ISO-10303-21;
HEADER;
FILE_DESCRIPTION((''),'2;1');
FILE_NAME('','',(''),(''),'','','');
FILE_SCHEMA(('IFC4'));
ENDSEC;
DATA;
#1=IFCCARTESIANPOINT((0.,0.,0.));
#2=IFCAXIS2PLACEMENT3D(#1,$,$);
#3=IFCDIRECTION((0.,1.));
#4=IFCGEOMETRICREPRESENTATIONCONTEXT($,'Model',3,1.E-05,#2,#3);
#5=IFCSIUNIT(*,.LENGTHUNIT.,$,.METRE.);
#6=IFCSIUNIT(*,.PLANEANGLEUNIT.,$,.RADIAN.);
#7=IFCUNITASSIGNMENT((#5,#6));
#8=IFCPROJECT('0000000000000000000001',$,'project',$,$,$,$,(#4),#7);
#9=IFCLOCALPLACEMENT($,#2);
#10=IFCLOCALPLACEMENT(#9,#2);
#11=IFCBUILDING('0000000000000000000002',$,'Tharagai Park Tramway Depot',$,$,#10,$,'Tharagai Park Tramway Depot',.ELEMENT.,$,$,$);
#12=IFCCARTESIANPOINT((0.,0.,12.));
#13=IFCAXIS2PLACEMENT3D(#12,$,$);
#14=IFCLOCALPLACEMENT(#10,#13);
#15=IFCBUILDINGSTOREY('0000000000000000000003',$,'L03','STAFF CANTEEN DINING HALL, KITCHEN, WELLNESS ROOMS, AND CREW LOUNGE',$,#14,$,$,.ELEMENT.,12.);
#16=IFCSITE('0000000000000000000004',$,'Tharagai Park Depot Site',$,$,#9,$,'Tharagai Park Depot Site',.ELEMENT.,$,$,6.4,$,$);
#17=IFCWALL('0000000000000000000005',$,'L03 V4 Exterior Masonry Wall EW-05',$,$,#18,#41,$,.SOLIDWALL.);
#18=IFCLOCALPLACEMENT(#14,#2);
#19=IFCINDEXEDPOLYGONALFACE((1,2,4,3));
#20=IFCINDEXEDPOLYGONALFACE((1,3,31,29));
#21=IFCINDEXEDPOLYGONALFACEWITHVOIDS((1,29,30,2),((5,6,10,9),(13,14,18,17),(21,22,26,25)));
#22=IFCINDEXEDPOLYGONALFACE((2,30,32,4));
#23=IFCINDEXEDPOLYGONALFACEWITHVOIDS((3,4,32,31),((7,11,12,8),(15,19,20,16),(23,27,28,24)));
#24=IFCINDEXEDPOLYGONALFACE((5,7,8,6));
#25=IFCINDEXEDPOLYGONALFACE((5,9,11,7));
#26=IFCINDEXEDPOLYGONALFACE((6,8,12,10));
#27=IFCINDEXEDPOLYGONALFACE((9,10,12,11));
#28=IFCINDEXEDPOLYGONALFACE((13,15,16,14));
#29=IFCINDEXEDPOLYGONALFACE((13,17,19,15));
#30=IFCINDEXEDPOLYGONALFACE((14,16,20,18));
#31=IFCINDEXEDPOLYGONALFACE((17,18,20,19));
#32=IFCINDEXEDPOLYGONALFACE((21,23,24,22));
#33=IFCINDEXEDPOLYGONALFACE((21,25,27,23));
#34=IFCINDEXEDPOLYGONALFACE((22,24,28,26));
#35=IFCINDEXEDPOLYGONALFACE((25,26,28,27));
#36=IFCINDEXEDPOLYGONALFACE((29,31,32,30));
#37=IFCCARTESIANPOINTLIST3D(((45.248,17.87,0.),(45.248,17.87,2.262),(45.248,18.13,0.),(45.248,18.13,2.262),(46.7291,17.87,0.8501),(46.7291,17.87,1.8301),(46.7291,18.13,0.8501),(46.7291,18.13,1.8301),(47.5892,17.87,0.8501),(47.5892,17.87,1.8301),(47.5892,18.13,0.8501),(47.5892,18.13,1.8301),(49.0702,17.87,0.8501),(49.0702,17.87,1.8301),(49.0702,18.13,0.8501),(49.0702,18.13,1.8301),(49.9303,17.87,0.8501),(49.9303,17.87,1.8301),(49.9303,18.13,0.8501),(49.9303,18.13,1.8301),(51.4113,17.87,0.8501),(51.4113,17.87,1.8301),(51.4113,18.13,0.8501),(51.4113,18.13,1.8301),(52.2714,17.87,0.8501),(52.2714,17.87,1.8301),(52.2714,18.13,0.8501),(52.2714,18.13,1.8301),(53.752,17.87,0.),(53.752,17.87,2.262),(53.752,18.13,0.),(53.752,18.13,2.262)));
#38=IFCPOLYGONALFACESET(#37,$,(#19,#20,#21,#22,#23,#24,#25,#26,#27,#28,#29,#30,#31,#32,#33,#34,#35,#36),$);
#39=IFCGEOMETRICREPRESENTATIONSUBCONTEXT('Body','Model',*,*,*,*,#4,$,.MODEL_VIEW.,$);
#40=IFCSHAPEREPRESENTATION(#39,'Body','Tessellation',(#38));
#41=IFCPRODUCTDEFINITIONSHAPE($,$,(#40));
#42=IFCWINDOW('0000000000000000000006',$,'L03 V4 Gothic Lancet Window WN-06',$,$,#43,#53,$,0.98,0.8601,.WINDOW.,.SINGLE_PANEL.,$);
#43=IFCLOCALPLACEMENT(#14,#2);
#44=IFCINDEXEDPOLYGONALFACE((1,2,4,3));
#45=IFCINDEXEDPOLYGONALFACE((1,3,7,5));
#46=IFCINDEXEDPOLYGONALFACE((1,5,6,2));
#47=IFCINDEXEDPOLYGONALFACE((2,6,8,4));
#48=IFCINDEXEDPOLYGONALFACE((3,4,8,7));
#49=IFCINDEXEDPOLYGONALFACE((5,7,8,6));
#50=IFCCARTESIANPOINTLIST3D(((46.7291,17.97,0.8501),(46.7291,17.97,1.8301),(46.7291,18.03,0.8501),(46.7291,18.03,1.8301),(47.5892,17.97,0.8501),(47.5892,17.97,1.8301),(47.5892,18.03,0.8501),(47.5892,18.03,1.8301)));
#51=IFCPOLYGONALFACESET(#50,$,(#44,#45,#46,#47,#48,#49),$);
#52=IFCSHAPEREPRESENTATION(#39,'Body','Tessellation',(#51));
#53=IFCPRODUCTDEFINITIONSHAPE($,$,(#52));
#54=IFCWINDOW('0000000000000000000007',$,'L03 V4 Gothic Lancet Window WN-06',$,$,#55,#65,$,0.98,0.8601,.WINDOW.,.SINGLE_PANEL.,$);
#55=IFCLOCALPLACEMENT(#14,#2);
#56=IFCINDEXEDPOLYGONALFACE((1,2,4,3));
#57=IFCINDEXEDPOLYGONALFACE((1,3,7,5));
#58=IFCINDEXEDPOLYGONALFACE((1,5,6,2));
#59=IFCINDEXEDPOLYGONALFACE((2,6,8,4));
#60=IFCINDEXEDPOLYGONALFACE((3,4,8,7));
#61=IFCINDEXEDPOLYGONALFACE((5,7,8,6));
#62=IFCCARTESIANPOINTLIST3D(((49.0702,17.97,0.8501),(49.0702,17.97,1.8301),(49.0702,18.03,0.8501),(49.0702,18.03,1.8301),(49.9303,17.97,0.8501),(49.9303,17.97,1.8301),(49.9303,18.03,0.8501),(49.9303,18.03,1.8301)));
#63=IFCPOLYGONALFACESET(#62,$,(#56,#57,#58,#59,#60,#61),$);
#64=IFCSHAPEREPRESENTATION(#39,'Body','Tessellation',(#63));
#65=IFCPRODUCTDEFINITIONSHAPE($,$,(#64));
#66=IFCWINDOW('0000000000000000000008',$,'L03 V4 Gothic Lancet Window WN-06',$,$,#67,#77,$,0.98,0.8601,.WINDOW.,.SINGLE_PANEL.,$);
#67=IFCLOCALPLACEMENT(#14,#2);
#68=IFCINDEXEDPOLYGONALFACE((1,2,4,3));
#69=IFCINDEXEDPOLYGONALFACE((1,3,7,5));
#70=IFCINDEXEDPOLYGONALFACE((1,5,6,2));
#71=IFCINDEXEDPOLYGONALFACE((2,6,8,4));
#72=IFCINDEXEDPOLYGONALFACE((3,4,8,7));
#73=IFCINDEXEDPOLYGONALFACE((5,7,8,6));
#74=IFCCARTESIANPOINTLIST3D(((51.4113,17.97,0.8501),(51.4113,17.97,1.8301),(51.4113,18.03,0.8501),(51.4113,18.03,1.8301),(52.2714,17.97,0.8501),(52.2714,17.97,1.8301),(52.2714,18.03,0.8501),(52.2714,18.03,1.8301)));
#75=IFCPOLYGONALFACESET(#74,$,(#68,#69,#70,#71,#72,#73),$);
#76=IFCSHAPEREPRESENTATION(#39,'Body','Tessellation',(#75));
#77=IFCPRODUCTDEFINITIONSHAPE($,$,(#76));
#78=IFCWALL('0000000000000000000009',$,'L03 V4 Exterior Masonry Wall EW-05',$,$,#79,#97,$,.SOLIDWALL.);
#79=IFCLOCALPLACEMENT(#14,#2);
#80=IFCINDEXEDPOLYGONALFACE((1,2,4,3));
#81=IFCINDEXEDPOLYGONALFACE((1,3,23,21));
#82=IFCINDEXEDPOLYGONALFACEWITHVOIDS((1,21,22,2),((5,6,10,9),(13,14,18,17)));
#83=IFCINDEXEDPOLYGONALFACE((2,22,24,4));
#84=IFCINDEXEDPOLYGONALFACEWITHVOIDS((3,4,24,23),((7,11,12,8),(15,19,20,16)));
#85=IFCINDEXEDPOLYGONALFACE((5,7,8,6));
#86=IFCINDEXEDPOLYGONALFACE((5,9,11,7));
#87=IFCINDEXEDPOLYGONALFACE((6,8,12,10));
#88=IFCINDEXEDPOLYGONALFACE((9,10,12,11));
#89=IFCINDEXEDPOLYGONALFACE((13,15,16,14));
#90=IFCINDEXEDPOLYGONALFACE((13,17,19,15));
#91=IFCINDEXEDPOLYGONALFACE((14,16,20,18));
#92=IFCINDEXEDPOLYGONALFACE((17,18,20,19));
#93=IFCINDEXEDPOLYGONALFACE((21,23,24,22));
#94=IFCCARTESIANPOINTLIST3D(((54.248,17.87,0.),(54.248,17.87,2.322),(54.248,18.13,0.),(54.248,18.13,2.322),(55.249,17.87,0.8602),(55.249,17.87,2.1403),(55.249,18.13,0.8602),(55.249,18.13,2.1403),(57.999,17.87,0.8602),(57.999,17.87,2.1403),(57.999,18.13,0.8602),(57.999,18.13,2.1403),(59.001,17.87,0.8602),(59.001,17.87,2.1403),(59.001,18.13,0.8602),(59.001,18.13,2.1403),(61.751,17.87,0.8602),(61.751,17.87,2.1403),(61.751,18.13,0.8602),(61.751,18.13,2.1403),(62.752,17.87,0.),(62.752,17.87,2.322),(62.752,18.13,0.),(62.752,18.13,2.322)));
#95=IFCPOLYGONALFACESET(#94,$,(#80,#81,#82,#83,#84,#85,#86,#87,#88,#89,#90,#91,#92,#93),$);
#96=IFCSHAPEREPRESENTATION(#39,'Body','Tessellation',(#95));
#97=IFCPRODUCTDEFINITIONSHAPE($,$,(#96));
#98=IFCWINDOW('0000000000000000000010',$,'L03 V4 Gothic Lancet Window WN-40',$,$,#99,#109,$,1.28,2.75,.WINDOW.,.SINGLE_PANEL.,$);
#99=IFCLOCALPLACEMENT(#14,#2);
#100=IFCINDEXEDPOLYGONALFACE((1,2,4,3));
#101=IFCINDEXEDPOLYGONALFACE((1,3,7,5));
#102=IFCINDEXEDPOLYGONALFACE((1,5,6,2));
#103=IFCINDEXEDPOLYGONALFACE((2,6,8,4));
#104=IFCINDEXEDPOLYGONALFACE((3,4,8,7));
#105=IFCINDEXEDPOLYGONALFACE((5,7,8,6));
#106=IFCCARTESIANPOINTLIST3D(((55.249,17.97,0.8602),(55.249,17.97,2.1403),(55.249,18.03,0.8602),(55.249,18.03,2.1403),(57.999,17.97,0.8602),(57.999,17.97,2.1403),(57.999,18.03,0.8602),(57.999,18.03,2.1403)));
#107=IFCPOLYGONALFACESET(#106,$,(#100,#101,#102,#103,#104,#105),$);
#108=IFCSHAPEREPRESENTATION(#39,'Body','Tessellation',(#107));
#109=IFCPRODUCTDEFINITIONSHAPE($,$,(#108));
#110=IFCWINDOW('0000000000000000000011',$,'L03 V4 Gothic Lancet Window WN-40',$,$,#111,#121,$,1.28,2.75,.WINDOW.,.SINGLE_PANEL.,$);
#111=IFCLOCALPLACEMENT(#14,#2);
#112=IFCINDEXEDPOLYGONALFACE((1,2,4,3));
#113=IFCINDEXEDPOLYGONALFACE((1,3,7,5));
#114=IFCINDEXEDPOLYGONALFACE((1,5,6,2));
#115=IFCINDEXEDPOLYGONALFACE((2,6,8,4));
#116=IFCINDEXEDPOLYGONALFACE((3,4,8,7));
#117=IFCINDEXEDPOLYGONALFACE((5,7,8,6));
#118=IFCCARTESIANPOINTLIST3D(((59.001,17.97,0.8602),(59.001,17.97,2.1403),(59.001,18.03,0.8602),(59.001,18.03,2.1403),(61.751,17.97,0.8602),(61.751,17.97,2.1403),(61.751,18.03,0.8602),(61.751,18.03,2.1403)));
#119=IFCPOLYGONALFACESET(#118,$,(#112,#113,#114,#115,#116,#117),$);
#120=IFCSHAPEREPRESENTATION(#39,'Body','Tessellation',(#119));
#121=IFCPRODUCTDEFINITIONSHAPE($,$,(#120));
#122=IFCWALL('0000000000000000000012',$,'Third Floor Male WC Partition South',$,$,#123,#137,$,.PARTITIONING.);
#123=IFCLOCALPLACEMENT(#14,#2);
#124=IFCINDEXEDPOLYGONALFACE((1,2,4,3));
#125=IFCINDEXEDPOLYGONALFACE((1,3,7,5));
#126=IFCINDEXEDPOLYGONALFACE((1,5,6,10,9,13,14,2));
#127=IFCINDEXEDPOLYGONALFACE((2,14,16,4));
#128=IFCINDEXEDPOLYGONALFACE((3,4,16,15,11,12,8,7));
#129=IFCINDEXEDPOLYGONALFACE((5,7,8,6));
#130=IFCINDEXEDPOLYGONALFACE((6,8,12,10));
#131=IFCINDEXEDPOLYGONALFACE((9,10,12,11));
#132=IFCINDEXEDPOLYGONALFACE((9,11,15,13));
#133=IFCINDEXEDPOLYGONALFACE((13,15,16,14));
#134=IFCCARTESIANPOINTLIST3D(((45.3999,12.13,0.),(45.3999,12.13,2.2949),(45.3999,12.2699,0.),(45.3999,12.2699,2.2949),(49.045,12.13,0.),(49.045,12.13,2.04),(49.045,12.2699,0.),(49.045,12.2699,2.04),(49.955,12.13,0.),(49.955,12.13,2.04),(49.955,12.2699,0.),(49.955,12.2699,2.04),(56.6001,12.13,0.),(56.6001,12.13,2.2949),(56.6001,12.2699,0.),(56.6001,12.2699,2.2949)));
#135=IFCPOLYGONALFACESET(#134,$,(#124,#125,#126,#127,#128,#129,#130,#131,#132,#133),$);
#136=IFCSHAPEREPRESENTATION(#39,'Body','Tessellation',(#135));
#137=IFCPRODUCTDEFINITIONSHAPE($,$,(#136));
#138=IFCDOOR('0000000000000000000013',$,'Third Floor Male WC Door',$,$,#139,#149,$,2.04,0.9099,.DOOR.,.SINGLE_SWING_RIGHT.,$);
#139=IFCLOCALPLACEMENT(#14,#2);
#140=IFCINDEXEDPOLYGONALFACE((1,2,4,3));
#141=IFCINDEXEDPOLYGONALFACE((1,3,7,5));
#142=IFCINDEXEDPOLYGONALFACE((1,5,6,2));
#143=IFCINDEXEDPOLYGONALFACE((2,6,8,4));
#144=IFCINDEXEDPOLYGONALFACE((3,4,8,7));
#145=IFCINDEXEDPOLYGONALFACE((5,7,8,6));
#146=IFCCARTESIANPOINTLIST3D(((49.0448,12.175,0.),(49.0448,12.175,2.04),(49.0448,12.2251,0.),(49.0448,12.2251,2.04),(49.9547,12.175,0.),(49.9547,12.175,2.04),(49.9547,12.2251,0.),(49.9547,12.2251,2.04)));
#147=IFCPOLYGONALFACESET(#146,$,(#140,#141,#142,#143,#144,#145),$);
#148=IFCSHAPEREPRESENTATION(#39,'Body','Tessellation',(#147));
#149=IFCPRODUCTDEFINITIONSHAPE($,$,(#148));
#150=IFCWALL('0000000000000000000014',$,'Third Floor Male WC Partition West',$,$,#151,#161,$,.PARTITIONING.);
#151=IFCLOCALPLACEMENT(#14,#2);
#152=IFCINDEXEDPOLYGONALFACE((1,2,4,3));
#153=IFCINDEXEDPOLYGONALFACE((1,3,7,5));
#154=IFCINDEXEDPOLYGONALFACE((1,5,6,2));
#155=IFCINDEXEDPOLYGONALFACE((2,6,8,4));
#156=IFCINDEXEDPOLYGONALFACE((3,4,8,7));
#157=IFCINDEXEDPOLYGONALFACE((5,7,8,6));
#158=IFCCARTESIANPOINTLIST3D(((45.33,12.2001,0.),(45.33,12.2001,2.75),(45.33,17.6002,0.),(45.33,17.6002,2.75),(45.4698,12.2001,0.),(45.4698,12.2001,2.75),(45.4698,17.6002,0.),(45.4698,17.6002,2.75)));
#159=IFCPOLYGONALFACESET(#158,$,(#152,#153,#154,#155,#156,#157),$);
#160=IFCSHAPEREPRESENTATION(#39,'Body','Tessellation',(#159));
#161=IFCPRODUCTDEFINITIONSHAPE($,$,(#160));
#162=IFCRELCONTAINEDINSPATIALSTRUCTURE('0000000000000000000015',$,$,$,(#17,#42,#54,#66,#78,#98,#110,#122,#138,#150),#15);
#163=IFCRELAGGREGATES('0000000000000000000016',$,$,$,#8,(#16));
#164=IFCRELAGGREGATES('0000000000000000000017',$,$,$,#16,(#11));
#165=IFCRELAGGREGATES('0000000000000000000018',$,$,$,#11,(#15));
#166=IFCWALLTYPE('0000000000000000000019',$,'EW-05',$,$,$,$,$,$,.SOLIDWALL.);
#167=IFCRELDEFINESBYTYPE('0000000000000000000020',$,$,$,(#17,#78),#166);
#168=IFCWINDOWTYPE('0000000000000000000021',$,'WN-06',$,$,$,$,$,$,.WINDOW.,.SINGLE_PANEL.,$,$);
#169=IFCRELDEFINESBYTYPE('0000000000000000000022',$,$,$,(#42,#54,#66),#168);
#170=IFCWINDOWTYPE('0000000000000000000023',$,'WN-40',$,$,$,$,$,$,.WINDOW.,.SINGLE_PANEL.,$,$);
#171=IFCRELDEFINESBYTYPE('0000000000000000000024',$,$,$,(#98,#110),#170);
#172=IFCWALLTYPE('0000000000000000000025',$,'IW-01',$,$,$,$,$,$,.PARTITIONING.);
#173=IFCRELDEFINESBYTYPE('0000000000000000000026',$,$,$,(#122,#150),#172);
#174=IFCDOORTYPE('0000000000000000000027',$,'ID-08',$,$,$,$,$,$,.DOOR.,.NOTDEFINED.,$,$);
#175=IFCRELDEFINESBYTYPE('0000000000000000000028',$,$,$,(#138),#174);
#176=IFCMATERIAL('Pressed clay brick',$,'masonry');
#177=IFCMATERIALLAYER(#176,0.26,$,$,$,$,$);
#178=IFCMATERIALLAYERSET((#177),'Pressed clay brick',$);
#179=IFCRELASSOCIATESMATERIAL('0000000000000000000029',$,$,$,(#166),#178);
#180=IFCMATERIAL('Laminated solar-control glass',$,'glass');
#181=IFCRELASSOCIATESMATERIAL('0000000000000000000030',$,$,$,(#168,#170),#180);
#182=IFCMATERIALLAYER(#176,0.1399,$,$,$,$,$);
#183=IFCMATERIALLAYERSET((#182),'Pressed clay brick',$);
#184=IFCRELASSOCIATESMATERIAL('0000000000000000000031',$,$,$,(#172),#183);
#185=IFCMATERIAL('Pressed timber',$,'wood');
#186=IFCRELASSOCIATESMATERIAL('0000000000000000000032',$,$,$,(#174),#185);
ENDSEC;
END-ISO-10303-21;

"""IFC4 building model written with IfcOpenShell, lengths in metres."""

from ifc_helpers import new_model, si_unit, direction, frame, frame_2d, origin, place, context, subcontext, project, spatial, rectangle, extrude, material, layer, layer_set, type_object, element, fill, save


model = new_model("IFC4")

# Units and contexts
model_context = context("Model", 3, precision=1e-05, world=origin(), true_north=direction((0.0, 1.0)))
body_context = subcontext(model_context, "Body", "Model", "MODEL_VIEW")
ifc_project = project(units=[si_unit("LENGTHUNIT", "METRE"), si_unit("PLANEANGLEUNIT", "RADIAN")], contexts=[model_context])

# Site, building, storey
site_placement = place(None, origin())
site = spatial("IfcSite", under=ifc_project, at=site_placement, Name="Tharagai Park Depot Site", LongName="Tharagai Park Depot Site", CompositionType="ELEMENT", RefElevation=6.4)
building_placement = place(site_placement, origin())
building = spatial("IfcBuilding", under=site, at=building_placement, Name="Tharagai Park Tramway Depot", LongName="Tharagai Park Tramway Depot", CompositionType="ELEMENT")
storey_placement = place(building_placement, frame((0.0, 0.0, 12.0)))
storey = spatial("IfcBuildingStorey", under=building, at=storey_placement, Name="L03", Description="STAFF CANTEEN DINING HALL, KITCHEN, WELLNESS ROOMS, AND CREW LOUNGE", CompositionType="ELEMENT", Elevation=12.0)

# Walls, openings, windows
ifc_material_1 = material(Name="Pressed clay brick", Category="masonry")
ifc_layer_1 = layer(ifc_material_1, 0.26)
ifc_layer_set_1 = layer_set([ifc_layer_1], Name="Pressed clay brick")
wall_type_1 = type_object("IfcWallType", Name="EW-05", PredefinedType="SOLIDWALL", material=ifc_layer_set_1)
wall_1_placement = place(storey_placement, frame((45.248, 18.0, 0.0), z_axis=(0.0, 0.0, 1.0), x_axis=(1.0, 0.0, 0.0)))
wall_1 = element("IfcWall", 1, at=wall_1_placement, inside=storey, type_object=wall_type_1, Name="L03 V4 Exterior Masonry Wall EW-05", PredefinedType="SOLIDWALL", context=body_context, shape_type="SweptSolid", body=[
    extrude(rectangle(XDim=8.5039, YDim=0.26, at=frame_2d((4.252, 0.0))), origin(), (0.0, 0.0, 1.0), 2.262),
])
opening_1_placement = place(wall_1_placement, frame((1.481, 0.0, 0.8501)))
opening_1 = element("IfcOpeningElement", 2, at=opening_1_placement, cuts=wall_1, PredefinedType="OPENING", context=body_context, shape_type="SweptSolid", body=[
    extrude(rectangle(XDim=0.8601, YDim=0.98, at=frame_2d((0.4302, 0.49))), frame((0.0, 0.1399, 0.0), z_axis=(0.0, -1.0, 0.0), x_axis=(1.0, 0.0, 0.0)), (0.0, 0.0, 1.0), 0.28),
])
opening_2_placement = place(wall_1_placement, frame((3.822, 0.0, 0.8501)))
opening_2 = element("IfcOpeningElement", 3, at=opening_2_placement, cuts=wall_1, PredefinedType="OPENING", context=body_context, shape_type="SweptSolid", body=[
    extrude(rectangle(XDim=0.8601, YDim=0.98, at=frame_2d((0.4302, 0.49))), frame((0.0, 0.1399, 0.0), z_axis=(0.0, -1.0, 0.0), x_axis=(1.0, 0.0, 0.0)), (0.0, 0.0, 1.0), 0.28),
])
opening_3_placement = place(wall_1_placement, frame((6.1631, 0.0, 0.8501)))
opening_3 = element("IfcOpeningElement", 4, at=opening_3_placement, cuts=wall_1, PredefinedType="OPENING", context=body_context, shape_type="SweptSolid", body=[
    extrude(rectangle(XDim=0.8601, YDim=0.98, at=frame_2d((0.4302, 0.49))), frame((0.0, 0.1399, 0.0), z_axis=(0.0, -1.0, 0.0), x_axis=(1.0, 0.0, 0.0)), (0.0, 0.0, 1.0), 0.28),
])
ifc_material_2 = material(Name="Laminated solar-control glass", Category="glass")
window_type_1 = type_object("IfcWindowType", Name="WN-06", PartitioningType="SINGLE_PANEL", PredefinedType="WINDOW", material=ifc_material_2)
window_1_placement = place(opening_1_placement, origin())
window_1 = element("IfcWindow", 5, at=window_1_placement, inside=storey, type_object=window_type_1, Name="L03 V4 Gothic Lancet Window WN-06", OverallHeight=0.98, OverallWidth=0.8601, PartitioningType="SINGLE_PANEL", PredefinedType="WINDOW", context=body_context, shape_type="SweptSolid", body=[
    extrude(rectangle(XDim=0.8601, YDim=0.98, at=frame_2d((0.4302, 0.49))), frame((0.0, 0.03, 0.0), z_axis=(0.0, -1.0, 0.0), x_axis=(1.0, 0.0, 0.0)), (0.0, 0.0, 1.0), 0.0601),
])
fill(opening_1, window_1)
window_2_placement = place(opening_2_placement, origin())
window_2 = element("IfcWindow", 6, at=window_2_placement, inside=storey, type_object=window_type_1, Name="L03 V4 Gothic Lancet Window WN-06", OverallHeight=0.98, OverallWidth=0.8601, PartitioningType="SINGLE_PANEL", PredefinedType="WINDOW", context=body_context, shape_type="SweptSolid", body=[
    extrude(rectangle(XDim=0.8601, YDim=0.98, at=frame_2d((0.4302, 0.49))), frame((0.0, 0.03, 0.0), z_axis=(0.0, -1.0, 0.0), x_axis=(1.0, 0.0, 0.0)), (0.0, 0.0, 1.0), 0.0601),
])
fill(opening_2, window_2)
window_3_placement = place(opening_3_placement, origin())
window_3 = element("IfcWindow", 7, at=window_3_placement, inside=storey, type_object=window_type_1, Name="L03 V4 Gothic Lancet Window WN-06", OverallHeight=0.98, OverallWidth=0.8601, PartitioningType="SINGLE_PANEL", PredefinedType="WINDOW", context=body_context, shape_type="SweptSolid", body=[
    extrude(rectangle(XDim=0.8601, YDim=0.98, at=frame_2d((0.4302, 0.49))), frame((0.0, 0.03, 0.0), z_axis=(0.0, -1.0, 0.0), x_axis=(1.0, 0.0, 0.0)), (0.0, 0.0, 1.0), 0.0601),
])
fill(opening_3, window_3)
wall_2_placement = place(storey_placement, frame((54.248, 18.0, 0.0), z_axis=(0.0, 0.0, 1.0), x_axis=(1.0, 0.0, 0.0)))
wall_2 = element("IfcWall", 8, at=wall_2_placement, inside=storey, type_object=wall_type_1, Name="L03 V4 Exterior Masonry Wall EW-05", PredefinedType="SOLIDWALL", context=body_context, shape_type="SweptSolid", body=[
    extrude(rectangle(XDim=8.5039, YDim=0.26, at=frame_2d((4.252, 0.0))), origin(), (0.0, 0.0, 1.0), 2.322),
])
opening_4_placement = place(wall_2_placement, frame((1.001, 0.0, 0.8601)))
opening_4 = element("IfcOpeningElement", 9, at=opening_4_placement, cuts=wall_2, PredefinedType="OPENING", context=body_context, shape_type="SweptSolid", body=[
    extrude(rectangle(XDim=2.75, YDim=1.28, at=frame_2d((1.375, 0.6401))), frame((0.0, 0.1399, 0.0), z_axis=(0.0, -1.0, 0.0), x_axis=(1.0, 0.0, 0.0)), (0.0, 0.0, 1.0), 0.28),
])
opening_5_placement = place(wall_2_placement, frame((4.7529, 0.0, 0.8601)))
opening_5 = element("IfcOpeningElement", 10, at=opening_5_placement, cuts=wall_2, PredefinedType="OPENING", context=body_context, shape_type="SweptSolid", body=[
    extrude(rectangle(XDim=2.75, YDim=1.28, at=frame_2d((1.375, 0.6401))), frame((0.0, 0.1399, 0.0), z_axis=(0.0, -1.0, 0.0), x_axis=(1.0, 0.0, 0.0)), (0.0, 0.0, 1.0), 0.28),
])
window_type_2 = type_object("IfcWindowType", Name="WN-40", PartitioningType="SINGLE_PANEL", PredefinedType="WINDOW", material=ifc_material_2)
window_4_placement = place(opening_4_placement, origin())
window_4 = element("IfcWindow", 11, at=window_4_placement, inside=storey, type_object=window_type_2, Name="L03 V4 Gothic Lancet Window WN-40", OverallHeight=1.28, OverallWidth=2.75, PartitioningType="SINGLE_PANEL", PredefinedType="WINDOW", context=body_context, shape_type="SweptSolid", body=[
    extrude(rectangle(XDim=2.75, YDim=1.28, at=frame_2d((1.375, 0.6401))), frame((0.0, 0.03, 0.0), z_axis=(0.0, -1.0, 0.0), x_axis=(1.0, 0.0, 0.0)), (0.0, 0.0, 1.0), 0.0601),
])
fill(opening_4, window_4)
window_5_placement = place(opening_5_placement, origin())
window_5 = element("IfcWindow", 12, at=window_5_placement, inside=storey, type_object=window_type_2, Name="L03 V4 Gothic Lancet Window WN-40", OverallHeight=1.28, OverallWidth=2.75, PartitioningType="SINGLE_PANEL", PredefinedType="WINDOW", context=body_context, shape_type="SweptSolid", body=[
    extrude(rectangle(XDim=2.75, YDim=1.28, at=frame_2d((1.375, 0.6401))), frame((0.0, 0.03, 0.0), z_axis=(0.0, -1.0, 0.0), x_axis=(1.0, 0.0, 0.0)), (0.0, 0.0, 1.0), 0.0601),
])
fill(opening_5, window_5)

# Wall, opening, door
ifc_layer_2 = layer(ifc_material_1, 0.1399)
ifc_layer_set_2 = layer_set([ifc_layer_2], Name="Pressed clay brick")
wall_type_2 = type_object("IfcWallType", Name="IW-01", PredefinedType="PARTITIONING", material=ifc_layer_set_2)
wall_3_placement = place(storey_placement, frame((45.3999, 12.2, 0.0), z_axis=(0.0, 0.0, 1.0), x_axis=(1.0, 0.0, 0.0)))
wall_3 = element("IfcWall", 13, at=wall_3_placement, inside=storey, type_object=wall_type_2, Name="Third Floor Male WC Partition South", PredefinedType="PARTITIONING", context=body_context, shape_type="SweptSolid", body=[
    extrude(rectangle(XDim=11.2002, YDim=0.1399, at=frame_2d((5.6001, 0.0))), origin(), (0.0, 0.0, 1.0), 2.2949),
])
opening_6_placement = place(wall_3_placement, frame((3.645, 0.0, 0.0)))
opening_6 = element("IfcOpeningElement", 14, at=opening_6_placement, cuts=wall_3, PredefinedType="OPENING", context=body_context, shape_type="SweptSolid", body=[
    extrude(rectangle(XDim=0.9099, YDim=2.04, at=frame_2d((0.4551, 1.02))), frame((0.0, 0.0798, 0.0), z_axis=(0.0, -1.0, 0.0), x_axis=(1.0, 0.0, 0.0)), (0.0, 0.0, 1.0), 0.1599),
])
ifc_material_3 = material(Name="Pressed timber", Category="wood")
door_type = type_object("IfcDoorType", Name="ID-08", OperationType="NOTDEFINED", PredefinedType="DOOR", material=ifc_material_3)
door_placement = place(opening_6_placement, frame((0.9099, 0.0, 0.0), z_axis=(0.0, 0.0, 1.0), x_axis=(-1.0, 0.0, 0.0)))
door = element("IfcDoor", 15, at=door_placement, inside=storey, type_object=door_type, Name="Third Floor Male WC Door", OperationType="SINGLE_SWING_RIGHT", OverallHeight=2.04, OverallWidth=0.9099, PredefinedType="DOOR", context=body_context, shape_type="SweptSolid", body=[
    extrude(rectangle(XDim=0.9099, YDim=2.04, at=frame_2d((0.4551, 1.02))), frame((0.0, 0.0249, 0.0), z_axis=(0.0, -1.0, 0.0), x_axis=(1.0, 0.0, 0.0)), (0.0, 0.0, 1.0), 0.05),
])
fill(opening_6, door)

# Wall
wall_4_placement = place(storey_placement, frame((45.3999, 12.2, 0.0), z_axis=(0.0, 0.0, 1.0), x_axis=(0.0, 1.0, 0.0)))
element("IfcWall", 16, at=wall_4_placement, inside=storey, type_object=wall_type_2, Name="Third Floor Male WC Partition West", PredefinedType="PARTITIONING", context=body_context, shape_type="SweptSolid", body=[
    extrude(rectangle(XDim=5.4001, YDim=0.1399, at=frame_2d((2.7002, 0.0))), origin(), (0.0, 0.0, 1.0), 2.75),
])

save(model, "model.ifc")
